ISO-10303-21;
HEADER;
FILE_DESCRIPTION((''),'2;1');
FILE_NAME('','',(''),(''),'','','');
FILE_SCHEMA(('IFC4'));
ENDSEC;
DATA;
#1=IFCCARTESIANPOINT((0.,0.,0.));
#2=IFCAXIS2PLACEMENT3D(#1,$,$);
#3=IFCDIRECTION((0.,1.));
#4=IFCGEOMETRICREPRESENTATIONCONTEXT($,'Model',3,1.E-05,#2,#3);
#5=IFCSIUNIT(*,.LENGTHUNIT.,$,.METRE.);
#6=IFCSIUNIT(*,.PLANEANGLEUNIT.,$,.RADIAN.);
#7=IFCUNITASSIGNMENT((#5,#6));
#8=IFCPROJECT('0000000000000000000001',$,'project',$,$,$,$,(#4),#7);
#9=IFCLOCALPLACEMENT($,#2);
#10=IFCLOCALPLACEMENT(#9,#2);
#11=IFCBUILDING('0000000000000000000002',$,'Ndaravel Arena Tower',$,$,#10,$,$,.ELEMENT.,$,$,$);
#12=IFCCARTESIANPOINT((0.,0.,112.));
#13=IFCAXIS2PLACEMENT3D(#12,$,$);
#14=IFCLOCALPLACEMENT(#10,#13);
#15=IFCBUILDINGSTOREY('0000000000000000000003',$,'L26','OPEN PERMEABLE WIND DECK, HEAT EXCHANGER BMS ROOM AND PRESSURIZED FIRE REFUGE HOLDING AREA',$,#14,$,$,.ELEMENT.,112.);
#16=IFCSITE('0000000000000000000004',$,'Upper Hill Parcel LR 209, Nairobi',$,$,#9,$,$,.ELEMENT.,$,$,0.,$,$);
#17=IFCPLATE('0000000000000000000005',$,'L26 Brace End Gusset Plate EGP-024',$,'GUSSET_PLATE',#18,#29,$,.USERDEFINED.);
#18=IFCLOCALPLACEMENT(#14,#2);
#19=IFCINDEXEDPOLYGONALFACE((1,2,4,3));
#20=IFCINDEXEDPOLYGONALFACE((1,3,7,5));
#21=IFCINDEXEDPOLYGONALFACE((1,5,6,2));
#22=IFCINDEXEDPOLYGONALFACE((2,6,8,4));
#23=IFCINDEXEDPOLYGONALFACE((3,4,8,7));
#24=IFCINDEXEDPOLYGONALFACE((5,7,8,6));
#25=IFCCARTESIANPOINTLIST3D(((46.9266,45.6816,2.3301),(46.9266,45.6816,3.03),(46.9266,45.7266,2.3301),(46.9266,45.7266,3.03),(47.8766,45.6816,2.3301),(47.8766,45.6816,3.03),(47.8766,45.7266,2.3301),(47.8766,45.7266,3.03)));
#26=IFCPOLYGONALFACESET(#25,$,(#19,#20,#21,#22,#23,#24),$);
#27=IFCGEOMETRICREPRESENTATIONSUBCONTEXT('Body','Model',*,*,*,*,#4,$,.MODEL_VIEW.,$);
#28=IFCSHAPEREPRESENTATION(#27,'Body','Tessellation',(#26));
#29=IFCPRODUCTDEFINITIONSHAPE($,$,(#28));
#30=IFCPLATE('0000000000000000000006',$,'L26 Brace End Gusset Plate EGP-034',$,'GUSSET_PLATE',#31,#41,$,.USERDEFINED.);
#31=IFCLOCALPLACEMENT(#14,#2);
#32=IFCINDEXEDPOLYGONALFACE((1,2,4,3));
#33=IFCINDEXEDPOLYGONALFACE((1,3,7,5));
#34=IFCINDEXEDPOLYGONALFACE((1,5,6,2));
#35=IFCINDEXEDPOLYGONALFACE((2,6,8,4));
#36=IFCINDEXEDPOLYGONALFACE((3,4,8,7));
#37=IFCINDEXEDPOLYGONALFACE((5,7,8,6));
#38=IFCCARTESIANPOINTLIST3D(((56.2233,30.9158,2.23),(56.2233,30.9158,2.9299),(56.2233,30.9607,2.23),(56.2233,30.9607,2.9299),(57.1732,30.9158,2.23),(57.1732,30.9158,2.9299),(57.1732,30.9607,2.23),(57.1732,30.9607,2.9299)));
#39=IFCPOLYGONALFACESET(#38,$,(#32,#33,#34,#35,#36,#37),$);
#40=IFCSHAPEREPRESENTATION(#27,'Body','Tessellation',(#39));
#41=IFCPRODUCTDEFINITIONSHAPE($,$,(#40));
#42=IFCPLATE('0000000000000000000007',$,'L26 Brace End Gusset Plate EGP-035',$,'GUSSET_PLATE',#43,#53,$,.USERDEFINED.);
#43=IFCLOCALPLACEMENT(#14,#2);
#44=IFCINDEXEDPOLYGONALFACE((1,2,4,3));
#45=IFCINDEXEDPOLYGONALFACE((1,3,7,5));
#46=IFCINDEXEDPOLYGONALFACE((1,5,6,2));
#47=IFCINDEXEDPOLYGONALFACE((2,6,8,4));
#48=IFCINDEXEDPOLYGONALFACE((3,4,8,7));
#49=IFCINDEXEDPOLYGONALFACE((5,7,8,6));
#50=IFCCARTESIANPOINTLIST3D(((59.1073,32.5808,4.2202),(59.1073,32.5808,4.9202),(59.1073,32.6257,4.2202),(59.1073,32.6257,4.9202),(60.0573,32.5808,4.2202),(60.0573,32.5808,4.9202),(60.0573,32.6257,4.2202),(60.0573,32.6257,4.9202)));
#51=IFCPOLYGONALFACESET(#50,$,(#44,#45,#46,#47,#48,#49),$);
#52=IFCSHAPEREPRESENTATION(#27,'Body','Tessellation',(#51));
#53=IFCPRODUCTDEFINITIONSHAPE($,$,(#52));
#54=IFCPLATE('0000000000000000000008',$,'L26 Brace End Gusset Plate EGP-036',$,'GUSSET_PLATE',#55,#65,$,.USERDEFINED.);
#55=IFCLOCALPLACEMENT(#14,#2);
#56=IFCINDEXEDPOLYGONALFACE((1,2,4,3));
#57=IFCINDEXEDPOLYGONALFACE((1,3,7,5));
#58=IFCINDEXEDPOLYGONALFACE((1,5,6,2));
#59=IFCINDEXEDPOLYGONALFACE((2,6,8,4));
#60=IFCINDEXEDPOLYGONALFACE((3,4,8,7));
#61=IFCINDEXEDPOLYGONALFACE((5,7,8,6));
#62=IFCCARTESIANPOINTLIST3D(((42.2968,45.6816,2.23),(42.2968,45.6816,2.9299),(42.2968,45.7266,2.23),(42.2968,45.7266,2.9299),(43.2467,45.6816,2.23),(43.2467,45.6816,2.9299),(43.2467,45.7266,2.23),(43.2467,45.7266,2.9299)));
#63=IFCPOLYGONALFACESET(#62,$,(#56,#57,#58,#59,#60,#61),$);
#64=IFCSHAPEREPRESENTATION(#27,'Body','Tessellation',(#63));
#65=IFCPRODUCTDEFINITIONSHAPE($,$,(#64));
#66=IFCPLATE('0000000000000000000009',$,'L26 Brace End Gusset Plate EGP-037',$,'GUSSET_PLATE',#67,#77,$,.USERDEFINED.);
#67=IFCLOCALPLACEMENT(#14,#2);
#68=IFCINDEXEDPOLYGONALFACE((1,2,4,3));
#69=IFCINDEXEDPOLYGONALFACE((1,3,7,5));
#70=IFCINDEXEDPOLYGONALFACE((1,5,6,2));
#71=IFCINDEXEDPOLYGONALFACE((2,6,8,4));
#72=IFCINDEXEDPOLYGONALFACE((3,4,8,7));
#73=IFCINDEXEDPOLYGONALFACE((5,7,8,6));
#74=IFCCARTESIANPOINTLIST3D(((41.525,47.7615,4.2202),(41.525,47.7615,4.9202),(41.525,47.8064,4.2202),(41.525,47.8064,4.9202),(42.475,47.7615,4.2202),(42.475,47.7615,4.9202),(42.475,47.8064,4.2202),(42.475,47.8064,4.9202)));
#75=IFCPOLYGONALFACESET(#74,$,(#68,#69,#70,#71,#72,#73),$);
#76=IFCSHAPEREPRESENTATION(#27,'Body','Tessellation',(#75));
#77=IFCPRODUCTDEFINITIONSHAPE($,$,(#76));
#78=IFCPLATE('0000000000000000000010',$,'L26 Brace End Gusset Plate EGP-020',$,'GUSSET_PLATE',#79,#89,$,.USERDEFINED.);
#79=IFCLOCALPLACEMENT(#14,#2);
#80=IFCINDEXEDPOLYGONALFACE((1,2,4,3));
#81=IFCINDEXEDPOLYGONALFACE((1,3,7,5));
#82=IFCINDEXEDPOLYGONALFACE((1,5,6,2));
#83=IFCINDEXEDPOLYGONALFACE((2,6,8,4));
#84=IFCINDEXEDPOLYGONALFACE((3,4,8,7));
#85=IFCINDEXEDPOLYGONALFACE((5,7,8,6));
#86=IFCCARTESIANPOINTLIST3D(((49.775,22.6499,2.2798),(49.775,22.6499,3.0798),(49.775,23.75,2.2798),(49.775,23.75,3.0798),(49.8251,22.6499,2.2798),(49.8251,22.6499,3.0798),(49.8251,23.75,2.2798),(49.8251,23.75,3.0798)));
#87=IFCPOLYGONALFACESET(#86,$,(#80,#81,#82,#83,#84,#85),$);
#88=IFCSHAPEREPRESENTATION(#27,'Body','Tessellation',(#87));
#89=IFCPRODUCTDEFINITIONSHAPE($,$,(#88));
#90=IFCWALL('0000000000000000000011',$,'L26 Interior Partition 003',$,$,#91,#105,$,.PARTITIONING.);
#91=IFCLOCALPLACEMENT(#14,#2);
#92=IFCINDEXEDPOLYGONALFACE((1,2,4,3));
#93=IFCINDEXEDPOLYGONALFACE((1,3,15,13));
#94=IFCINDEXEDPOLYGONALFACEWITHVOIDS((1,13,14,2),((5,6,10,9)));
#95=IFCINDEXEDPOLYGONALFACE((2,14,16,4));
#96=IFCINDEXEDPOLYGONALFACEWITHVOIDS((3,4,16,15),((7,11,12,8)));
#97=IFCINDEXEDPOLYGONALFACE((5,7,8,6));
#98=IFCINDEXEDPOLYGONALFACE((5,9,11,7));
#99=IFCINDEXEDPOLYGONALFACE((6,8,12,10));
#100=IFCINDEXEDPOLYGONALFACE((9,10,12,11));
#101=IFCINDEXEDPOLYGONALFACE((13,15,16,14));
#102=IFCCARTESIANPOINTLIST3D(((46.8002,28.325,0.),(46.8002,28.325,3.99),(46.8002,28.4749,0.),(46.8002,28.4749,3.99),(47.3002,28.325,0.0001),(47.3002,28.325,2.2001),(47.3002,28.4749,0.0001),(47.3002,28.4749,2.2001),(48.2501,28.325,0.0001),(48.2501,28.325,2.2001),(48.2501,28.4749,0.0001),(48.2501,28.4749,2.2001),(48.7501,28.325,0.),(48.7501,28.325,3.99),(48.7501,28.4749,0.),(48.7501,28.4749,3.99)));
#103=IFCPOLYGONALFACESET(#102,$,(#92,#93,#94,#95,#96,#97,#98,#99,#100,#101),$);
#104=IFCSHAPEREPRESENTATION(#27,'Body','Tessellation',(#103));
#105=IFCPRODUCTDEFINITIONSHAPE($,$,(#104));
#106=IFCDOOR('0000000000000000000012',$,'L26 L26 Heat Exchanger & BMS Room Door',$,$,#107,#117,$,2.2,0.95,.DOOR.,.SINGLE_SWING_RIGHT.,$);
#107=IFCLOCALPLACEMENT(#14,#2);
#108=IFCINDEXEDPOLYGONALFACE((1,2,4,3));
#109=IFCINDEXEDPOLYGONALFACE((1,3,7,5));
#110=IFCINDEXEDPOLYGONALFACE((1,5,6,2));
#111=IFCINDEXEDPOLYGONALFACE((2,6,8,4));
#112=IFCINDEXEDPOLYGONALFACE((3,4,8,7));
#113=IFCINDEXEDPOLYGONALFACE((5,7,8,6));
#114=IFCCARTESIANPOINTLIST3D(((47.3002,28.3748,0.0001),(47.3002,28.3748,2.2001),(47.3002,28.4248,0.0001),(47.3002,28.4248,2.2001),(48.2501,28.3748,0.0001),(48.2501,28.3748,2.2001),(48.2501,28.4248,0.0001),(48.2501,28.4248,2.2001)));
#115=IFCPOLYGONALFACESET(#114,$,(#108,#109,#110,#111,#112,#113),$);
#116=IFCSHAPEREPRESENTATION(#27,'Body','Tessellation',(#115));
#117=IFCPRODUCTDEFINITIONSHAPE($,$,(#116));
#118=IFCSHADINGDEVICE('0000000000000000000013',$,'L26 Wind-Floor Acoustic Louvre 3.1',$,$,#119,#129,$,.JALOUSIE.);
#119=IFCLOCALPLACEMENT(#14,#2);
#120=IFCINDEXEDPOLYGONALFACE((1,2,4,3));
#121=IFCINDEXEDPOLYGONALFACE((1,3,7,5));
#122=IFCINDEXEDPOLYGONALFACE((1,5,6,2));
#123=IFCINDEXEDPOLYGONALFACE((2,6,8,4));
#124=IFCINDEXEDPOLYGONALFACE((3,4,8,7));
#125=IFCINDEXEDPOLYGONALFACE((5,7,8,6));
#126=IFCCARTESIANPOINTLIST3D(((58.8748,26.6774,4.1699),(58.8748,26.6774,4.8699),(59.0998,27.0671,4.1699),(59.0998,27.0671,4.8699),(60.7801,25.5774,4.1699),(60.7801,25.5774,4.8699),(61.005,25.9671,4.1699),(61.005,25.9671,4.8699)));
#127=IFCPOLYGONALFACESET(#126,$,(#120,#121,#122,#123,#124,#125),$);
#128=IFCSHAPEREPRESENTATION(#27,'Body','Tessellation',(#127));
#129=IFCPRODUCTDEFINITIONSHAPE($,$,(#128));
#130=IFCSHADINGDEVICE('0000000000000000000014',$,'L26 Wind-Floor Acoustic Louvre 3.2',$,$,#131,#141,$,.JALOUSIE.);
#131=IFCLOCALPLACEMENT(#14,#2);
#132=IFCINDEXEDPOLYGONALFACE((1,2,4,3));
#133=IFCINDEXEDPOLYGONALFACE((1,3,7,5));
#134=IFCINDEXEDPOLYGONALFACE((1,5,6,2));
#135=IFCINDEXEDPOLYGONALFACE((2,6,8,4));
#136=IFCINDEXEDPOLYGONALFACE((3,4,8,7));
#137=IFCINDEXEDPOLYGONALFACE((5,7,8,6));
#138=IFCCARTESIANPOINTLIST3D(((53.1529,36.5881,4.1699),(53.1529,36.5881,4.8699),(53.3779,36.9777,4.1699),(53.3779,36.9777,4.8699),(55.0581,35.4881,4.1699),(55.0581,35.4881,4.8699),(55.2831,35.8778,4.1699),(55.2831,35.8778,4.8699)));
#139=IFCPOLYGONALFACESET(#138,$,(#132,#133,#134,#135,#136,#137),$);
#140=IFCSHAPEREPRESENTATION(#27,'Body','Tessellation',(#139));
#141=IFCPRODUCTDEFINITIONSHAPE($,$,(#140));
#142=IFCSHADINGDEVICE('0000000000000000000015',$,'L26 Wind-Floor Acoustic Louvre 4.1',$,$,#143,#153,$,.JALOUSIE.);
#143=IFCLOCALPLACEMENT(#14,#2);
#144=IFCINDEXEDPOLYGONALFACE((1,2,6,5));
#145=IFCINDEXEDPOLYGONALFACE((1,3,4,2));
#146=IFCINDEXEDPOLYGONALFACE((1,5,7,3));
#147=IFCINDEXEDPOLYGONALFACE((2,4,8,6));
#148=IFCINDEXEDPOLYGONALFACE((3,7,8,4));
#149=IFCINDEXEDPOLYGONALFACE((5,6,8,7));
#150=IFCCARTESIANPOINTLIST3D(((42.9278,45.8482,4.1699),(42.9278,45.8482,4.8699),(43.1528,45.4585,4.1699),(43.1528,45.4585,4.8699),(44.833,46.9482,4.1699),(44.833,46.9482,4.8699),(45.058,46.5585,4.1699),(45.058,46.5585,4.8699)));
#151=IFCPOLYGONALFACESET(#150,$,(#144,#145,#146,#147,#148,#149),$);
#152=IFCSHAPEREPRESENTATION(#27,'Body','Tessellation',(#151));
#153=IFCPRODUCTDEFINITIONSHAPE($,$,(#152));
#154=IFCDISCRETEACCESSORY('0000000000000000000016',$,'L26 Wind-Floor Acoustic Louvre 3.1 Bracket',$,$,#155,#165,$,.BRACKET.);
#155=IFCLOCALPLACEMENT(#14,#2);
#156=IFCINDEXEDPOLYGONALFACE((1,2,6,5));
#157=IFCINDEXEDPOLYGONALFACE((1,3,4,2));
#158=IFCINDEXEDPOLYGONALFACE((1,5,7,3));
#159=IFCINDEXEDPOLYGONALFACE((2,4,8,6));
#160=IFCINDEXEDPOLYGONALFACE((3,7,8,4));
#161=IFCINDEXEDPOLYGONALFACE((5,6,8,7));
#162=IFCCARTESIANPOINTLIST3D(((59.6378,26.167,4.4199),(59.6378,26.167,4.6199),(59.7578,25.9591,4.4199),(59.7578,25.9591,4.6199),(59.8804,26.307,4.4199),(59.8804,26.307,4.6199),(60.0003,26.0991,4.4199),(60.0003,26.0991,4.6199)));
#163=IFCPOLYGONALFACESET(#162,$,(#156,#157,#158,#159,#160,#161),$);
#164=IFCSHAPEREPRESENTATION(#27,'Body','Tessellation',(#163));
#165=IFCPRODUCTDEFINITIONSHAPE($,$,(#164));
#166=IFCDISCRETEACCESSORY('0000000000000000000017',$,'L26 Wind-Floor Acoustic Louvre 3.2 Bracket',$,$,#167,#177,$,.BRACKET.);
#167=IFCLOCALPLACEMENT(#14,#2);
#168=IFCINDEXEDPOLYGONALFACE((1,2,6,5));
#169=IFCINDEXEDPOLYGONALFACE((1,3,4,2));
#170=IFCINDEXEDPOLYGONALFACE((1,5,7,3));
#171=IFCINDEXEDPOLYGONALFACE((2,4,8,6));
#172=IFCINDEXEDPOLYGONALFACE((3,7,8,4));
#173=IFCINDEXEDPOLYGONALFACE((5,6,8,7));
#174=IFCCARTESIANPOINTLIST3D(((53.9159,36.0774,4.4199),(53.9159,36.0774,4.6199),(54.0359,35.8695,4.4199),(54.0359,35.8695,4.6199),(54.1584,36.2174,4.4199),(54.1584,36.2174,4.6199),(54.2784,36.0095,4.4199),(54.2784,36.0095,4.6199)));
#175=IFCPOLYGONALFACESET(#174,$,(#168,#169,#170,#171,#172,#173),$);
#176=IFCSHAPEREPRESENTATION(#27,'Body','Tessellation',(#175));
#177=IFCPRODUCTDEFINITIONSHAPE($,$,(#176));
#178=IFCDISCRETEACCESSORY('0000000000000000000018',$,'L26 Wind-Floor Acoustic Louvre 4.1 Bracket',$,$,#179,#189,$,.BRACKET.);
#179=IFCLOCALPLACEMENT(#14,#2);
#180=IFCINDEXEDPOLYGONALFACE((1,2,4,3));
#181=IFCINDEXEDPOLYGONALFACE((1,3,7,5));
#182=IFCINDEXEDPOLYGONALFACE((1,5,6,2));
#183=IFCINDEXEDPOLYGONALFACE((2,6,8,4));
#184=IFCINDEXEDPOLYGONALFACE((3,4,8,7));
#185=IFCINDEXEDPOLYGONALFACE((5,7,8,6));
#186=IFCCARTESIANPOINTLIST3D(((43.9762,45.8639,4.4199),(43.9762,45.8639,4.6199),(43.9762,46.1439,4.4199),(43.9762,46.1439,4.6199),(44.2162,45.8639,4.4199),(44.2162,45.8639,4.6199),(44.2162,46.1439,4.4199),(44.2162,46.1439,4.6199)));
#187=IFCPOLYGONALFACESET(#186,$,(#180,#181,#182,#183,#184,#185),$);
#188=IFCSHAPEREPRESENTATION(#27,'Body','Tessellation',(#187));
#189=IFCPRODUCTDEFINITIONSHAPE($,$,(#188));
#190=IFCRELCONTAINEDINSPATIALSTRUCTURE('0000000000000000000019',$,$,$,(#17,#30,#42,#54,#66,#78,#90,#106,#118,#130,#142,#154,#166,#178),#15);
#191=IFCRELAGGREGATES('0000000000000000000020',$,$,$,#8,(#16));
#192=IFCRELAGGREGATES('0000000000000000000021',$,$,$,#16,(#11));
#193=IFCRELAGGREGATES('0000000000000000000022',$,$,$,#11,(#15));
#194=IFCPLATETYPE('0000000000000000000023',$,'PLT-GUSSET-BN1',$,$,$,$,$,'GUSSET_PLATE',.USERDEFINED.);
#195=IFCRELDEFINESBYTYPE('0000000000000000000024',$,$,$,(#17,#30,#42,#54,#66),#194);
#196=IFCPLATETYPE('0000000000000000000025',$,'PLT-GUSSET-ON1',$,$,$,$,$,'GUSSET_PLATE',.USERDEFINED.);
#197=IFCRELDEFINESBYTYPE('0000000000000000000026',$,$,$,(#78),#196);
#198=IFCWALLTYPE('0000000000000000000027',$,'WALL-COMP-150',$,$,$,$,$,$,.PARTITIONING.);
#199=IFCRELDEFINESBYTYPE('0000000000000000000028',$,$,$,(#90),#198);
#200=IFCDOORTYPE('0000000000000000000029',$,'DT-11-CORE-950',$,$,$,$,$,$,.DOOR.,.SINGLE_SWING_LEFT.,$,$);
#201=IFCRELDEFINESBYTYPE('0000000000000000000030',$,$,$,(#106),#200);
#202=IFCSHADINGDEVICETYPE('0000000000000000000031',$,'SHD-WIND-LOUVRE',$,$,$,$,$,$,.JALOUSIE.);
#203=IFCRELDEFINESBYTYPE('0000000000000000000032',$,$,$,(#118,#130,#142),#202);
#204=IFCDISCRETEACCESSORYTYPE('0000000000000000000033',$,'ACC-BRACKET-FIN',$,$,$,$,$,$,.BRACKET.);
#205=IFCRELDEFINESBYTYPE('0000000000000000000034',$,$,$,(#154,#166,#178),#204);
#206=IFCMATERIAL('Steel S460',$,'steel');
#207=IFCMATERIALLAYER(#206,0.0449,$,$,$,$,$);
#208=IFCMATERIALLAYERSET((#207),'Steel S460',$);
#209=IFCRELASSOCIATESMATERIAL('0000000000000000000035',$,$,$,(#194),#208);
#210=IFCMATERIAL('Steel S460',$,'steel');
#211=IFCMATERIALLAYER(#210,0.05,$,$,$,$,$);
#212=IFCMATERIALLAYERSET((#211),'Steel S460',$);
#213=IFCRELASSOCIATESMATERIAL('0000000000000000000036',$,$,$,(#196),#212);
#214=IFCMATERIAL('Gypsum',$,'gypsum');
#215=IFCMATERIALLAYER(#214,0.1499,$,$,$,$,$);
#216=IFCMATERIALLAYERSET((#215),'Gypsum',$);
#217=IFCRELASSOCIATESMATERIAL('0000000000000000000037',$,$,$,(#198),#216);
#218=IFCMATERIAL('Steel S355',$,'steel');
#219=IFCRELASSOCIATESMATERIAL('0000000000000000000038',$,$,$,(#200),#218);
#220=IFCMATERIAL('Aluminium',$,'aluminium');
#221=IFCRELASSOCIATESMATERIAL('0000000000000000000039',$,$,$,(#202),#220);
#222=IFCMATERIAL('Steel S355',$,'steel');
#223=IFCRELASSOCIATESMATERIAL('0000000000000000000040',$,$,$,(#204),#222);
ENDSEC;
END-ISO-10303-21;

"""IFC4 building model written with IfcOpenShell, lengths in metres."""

from ifc_helpers import new_model, si_unit, direction, frame, frame_2d, origin, origin_2d, place, context, subcontext, project, spatial, rectangle, extrude, material, layer, layer_set, type_object, element, fill, save


model = new_model("IFC4")

# Units and contexts
model_context = context("Model", 3, precision=1e-05, world=origin(), true_north=direction((0.0, 1.0)))
body_context = subcontext(model_context, "Body", "Model", "MODEL_VIEW")
ifc_project = project(units=[si_unit("LENGTHUNIT", "METRE"), si_unit("PLANEANGLEUNIT", "RADIAN")], contexts=[model_context])

# Site, building, storey
site_placement = place(None, origin())
site = spatial("IfcSite", under=ifc_project, at=site_placement, Name="Upper Hill Parcel LR 209, Nairobi", CompositionType="ELEMENT", RefElevation=0.0)
building_placement = place(site_placement, origin())
building = spatial("IfcBuilding", under=site, at=building_placement, Name="Ndaravel Arena Tower", CompositionType="ELEMENT")
storey_placement = place(building_placement, frame((0.0, 0.0, 112.0)))
storey = spatial("IfcBuildingStorey", under=building, at=storey_placement, Name="L26", Description="OPEN PERMEABLE WIND DECK, HEAT EXCHANGER BMS ROOM AND PRESSURIZED FIRE REFUGE HOLDING AREA", CompositionType="ELEMENT", Elevation=112.0)

# Plates
ifc_material_1 = material(Name="Steel S460", Category="steel")
ifc_layer_1 = layer(ifc_material_1, 0.0449)
ifc_layer_set_1 = layer_set([ifc_layer_1], Name="Steel S460")
plate_type_1 = type_object("IfcPlateType", Name="PLT-GUSSET-BN1", ElementType="GUSSET_PLATE", PredefinedType="USERDEFINED", material=ifc_layer_set_1)
for number, where, z_axis, x_axis, name in (
    (1, (47.4016, 45.7041, 2.3301), (0.0, 0.0, 1.0), (1.0, 0.0, 0.0), "L26 Brace End Gusset Plate EGP-024"),
    (2, (56.6982, 30.9382, 2.23), (0.0, 0.0, 1.0), (1.0, 0.0, 0.0), "L26 Brace End Gusset Plate EGP-034"),
    (3, (59.5823, 32.6033, 4.2202), (0.0, 0.0, 1.0), (1.0, 0.0, 0.0), "L26 Brace End Gusset Plate EGP-035"),
    (4, (42.7717, 45.7041, 2.23), (0.0, 0.0, 1.0), (1.0, 0.0, 0.0), "L26 Brace End Gusset Plate EGP-036"),
    (5, (42.0, 47.7839, 4.2202), (0.0, 0.0, 1.0), (1.0, 0.0, 0.0), "L26 Brace End Gusset Plate EGP-037"),
):
    element("IfcPlate", number, at=place(storey_placement, frame(where, z_axis=z_axis, x_axis=x_axis)), inside=storey, type_object=plate_type_1, Name=name, ObjectType="GUSSET_PLATE", PredefinedType="USERDEFINED", context=body_context, shape_type="SweptSolid", body=[
        extrude(rectangle(XDim=0.95, YDim=0.0449, at=origin_2d()), origin(), (0.0, 0.0, 1.0), 0.7),
    ])
ifc_material_2 = material(Name="Steel S460", Category="steel")
ifc_layer_2 = layer(ifc_material_2, 0.05)
ifc_layer_set_2 = layer_set([ifc_layer_2], Name="Steel S460")
plate_type_2 = type_object("IfcPlateType", Name="PLT-GUSSET-ON1", ElementType="GUSSET_PLATE", PredefinedType="USERDEFINED", material=ifc_layer_set_2)
plate_placement = place(storey_placement, frame((49.8, 23.2, 2.2798), z_axis=(0.0, 0.0, 1.0), x_axis=(1.0, 0.0, 0.0)))
element("IfcPlate", 6, at=plate_placement, inside=storey, type_object=plate_type_2, Name="L26 Brace End Gusset Plate EGP-020", ObjectType="GUSSET_PLATE", PredefinedType="USERDEFINED", context=body_context, shape_type="SweptSolid", body=[
    extrude(rectangle(XDim=0.05, YDim=1.1001, at=origin_2d()), origin(), (0.0, 0.0, 1.0), 0.8),
])

# Wall, opening, door
ifc_material_3 = material(Name="Gypsum", Category="gypsum")
ifc_layer_3 = layer(ifc_material_3, 0.1499)
ifc_layer_set_3 = layer_set([ifc_layer_3], Name="Gypsum")
wall_type = type_object("IfcWallType", Name="WALL-COMP-150", PredefinedType="PARTITIONING", material=ifc_layer_set_3)
wall_placement = place(storey_placement, frame((46.8, 28.3999, 0.0), z_axis=(0.0, 0.0, 1.0), x_axis=(1.0, 0.0, 0.0)))
wall = element("IfcWall", 7, at=wall_placement, inside=storey, type_object=wall_type, Name="L26 Interior Partition 003", PredefinedType="PARTITIONING", context=body_context, shape_type="SweptSolid", body=[
    extrude(rectangle(XDim=1.95, YDim=0.1499, at=frame_2d((0.9751, 0.0))), origin(), (0.0, 0.0, 1.0), 3.99),
])
opening_placement = place(wall_placement, frame((0.5, 0.0, 0.0)))
opening = element("IfcOpeningElement", 8, at=opening_placement, cuts=wall, PredefinedType="OPENING", context=body_context, shape_type="SweptSolid", body=[
    extrude(rectangle(XDim=0.95, YDim=2.2, at=frame_2d((0.4751, 1.1001))), frame((0.0, 0.075, 0.0), z_axis=(0.0, -1.0, 0.0), x_axis=(1.0, 0.0, 0.0)), (0.0, 0.0, 1.0), 0.1499),
])
ifc_material_4 = material(Name="Steel S355", Category="steel")
door_type = type_object("IfcDoorType", Name="DT-11-CORE-950", OperationType="SINGLE_SWING_LEFT", PredefinedType="DOOR", material=ifc_material_4)
door_placement = place(opening_placement, origin())
door = element("IfcDoor", 9, at=door_placement, inside=storey, type_object=door_type, Name="L26 L26 Heat Exchanger & BMS Room Door", OperationType="SINGLE_SWING_RIGHT", OverallHeight=2.2, OverallWidth=0.95, PredefinedType="DOOR", context=body_context, shape_type="SweptSolid", body=[
    extrude(rectangle(XDim=0.95, YDim=2.2, at=frame_2d((0.4751, 1.1001))), frame((0.0, 0.0249, 0.0), z_axis=(0.0, -1.0, 0.0), x_axis=(1.0, 0.0, 0.0)), (0.0, 0.0, 1.0), 0.05),
])
fill(opening, door)

# Shading devices
ifc_material_5 = material(Name="Aluminium", Category="aluminium")
shading_device_type = type_object("IfcShadingDeviceType", Name="SHD-WIND-LOUVRE", PredefinedType="JALOUSIE", material=ifc_material_5)
for number, where, z_axis, x_axis, name in (
    (10, (59.9399, 26.3223, 4.1699), (0.0, 0.0, 1.0), (0.5, 0.866025, 0.0), "L26 Wind-Floor Acoustic Louvre 3.1"),
    (11, (54.218, 36.2329, 4.1699), (0.0, 0.0, 1.0), (0.5, 0.866025, 0.0), "L26 Wind-Floor Acoustic Louvre 3.2"),
    (12, (43.9929, 46.2034, 4.1699), (0.0, 0.0, 1.0), (-0.5, 0.866025, 0.0), "L26 Wind-Floor Acoustic Louvre 4.1"),
):
    element("IfcShadingDevice", number, at=place(storey_placement, frame(where, z_axis=z_axis, x_axis=x_axis)), inside=storey, type_object=shading_device_type, Name=name, PredefinedType="JALOUSIE", context=body_context, shape_type="SweptSolid", body=[
        extrude(rectangle(XDim=0.45, YDim=2.2, at=origin_2d()), origin(), (0.0, 0.0, 1.0), 0.7),
    ])

# Discrete accessories
ifc_material_6 = material(Name="Steel S355", Category="steel")
discrete_accessory_type = type_object("IfcDiscreteAccessoryType", Name="ACC-BRACKET-FIN", PredefinedType="BRACKET", material=ifc_material_6)
for number, where, z_axis, x_axis, name in (
    (13, (59.8191, 26.1331, 4.4199), (0.0, 0.0, 1.0), (0.866025, 0.5, 0.0), "L26 Wind-Floor Acoustic Louvre 3.1 Bracket"),
    (14, (54.0972, 36.0435, 4.4199), (0.0, 0.0, 1.0), (0.866025, 0.5, 0.0), "L26 Wind-Floor Acoustic Louvre 3.2 Bracket"),
    (15, (44.0962, 46.0039, 4.4199), (0.0, 0.0, 1.0), (0.0, 1.0, 0.0), "L26 Wind-Floor Acoustic Louvre 4.1 Bracket"),
):
    element("IfcDiscreteAccessory", number, at=place(storey_placement, frame(where, z_axis=z_axis, x_axis=x_axis)), inside=storey, type_object=discrete_accessory_type, Name=name, PredefinedType="BRACKET", context=body_context, shape_type="SweptSolid", body=[
        extrude(rectangle(XDim=0.28, YDim=0.24, at=origin_2d()), origin(), (0.0, 0.0, 1.0), 0.2),
    ])

save(model, "model.ifc")
